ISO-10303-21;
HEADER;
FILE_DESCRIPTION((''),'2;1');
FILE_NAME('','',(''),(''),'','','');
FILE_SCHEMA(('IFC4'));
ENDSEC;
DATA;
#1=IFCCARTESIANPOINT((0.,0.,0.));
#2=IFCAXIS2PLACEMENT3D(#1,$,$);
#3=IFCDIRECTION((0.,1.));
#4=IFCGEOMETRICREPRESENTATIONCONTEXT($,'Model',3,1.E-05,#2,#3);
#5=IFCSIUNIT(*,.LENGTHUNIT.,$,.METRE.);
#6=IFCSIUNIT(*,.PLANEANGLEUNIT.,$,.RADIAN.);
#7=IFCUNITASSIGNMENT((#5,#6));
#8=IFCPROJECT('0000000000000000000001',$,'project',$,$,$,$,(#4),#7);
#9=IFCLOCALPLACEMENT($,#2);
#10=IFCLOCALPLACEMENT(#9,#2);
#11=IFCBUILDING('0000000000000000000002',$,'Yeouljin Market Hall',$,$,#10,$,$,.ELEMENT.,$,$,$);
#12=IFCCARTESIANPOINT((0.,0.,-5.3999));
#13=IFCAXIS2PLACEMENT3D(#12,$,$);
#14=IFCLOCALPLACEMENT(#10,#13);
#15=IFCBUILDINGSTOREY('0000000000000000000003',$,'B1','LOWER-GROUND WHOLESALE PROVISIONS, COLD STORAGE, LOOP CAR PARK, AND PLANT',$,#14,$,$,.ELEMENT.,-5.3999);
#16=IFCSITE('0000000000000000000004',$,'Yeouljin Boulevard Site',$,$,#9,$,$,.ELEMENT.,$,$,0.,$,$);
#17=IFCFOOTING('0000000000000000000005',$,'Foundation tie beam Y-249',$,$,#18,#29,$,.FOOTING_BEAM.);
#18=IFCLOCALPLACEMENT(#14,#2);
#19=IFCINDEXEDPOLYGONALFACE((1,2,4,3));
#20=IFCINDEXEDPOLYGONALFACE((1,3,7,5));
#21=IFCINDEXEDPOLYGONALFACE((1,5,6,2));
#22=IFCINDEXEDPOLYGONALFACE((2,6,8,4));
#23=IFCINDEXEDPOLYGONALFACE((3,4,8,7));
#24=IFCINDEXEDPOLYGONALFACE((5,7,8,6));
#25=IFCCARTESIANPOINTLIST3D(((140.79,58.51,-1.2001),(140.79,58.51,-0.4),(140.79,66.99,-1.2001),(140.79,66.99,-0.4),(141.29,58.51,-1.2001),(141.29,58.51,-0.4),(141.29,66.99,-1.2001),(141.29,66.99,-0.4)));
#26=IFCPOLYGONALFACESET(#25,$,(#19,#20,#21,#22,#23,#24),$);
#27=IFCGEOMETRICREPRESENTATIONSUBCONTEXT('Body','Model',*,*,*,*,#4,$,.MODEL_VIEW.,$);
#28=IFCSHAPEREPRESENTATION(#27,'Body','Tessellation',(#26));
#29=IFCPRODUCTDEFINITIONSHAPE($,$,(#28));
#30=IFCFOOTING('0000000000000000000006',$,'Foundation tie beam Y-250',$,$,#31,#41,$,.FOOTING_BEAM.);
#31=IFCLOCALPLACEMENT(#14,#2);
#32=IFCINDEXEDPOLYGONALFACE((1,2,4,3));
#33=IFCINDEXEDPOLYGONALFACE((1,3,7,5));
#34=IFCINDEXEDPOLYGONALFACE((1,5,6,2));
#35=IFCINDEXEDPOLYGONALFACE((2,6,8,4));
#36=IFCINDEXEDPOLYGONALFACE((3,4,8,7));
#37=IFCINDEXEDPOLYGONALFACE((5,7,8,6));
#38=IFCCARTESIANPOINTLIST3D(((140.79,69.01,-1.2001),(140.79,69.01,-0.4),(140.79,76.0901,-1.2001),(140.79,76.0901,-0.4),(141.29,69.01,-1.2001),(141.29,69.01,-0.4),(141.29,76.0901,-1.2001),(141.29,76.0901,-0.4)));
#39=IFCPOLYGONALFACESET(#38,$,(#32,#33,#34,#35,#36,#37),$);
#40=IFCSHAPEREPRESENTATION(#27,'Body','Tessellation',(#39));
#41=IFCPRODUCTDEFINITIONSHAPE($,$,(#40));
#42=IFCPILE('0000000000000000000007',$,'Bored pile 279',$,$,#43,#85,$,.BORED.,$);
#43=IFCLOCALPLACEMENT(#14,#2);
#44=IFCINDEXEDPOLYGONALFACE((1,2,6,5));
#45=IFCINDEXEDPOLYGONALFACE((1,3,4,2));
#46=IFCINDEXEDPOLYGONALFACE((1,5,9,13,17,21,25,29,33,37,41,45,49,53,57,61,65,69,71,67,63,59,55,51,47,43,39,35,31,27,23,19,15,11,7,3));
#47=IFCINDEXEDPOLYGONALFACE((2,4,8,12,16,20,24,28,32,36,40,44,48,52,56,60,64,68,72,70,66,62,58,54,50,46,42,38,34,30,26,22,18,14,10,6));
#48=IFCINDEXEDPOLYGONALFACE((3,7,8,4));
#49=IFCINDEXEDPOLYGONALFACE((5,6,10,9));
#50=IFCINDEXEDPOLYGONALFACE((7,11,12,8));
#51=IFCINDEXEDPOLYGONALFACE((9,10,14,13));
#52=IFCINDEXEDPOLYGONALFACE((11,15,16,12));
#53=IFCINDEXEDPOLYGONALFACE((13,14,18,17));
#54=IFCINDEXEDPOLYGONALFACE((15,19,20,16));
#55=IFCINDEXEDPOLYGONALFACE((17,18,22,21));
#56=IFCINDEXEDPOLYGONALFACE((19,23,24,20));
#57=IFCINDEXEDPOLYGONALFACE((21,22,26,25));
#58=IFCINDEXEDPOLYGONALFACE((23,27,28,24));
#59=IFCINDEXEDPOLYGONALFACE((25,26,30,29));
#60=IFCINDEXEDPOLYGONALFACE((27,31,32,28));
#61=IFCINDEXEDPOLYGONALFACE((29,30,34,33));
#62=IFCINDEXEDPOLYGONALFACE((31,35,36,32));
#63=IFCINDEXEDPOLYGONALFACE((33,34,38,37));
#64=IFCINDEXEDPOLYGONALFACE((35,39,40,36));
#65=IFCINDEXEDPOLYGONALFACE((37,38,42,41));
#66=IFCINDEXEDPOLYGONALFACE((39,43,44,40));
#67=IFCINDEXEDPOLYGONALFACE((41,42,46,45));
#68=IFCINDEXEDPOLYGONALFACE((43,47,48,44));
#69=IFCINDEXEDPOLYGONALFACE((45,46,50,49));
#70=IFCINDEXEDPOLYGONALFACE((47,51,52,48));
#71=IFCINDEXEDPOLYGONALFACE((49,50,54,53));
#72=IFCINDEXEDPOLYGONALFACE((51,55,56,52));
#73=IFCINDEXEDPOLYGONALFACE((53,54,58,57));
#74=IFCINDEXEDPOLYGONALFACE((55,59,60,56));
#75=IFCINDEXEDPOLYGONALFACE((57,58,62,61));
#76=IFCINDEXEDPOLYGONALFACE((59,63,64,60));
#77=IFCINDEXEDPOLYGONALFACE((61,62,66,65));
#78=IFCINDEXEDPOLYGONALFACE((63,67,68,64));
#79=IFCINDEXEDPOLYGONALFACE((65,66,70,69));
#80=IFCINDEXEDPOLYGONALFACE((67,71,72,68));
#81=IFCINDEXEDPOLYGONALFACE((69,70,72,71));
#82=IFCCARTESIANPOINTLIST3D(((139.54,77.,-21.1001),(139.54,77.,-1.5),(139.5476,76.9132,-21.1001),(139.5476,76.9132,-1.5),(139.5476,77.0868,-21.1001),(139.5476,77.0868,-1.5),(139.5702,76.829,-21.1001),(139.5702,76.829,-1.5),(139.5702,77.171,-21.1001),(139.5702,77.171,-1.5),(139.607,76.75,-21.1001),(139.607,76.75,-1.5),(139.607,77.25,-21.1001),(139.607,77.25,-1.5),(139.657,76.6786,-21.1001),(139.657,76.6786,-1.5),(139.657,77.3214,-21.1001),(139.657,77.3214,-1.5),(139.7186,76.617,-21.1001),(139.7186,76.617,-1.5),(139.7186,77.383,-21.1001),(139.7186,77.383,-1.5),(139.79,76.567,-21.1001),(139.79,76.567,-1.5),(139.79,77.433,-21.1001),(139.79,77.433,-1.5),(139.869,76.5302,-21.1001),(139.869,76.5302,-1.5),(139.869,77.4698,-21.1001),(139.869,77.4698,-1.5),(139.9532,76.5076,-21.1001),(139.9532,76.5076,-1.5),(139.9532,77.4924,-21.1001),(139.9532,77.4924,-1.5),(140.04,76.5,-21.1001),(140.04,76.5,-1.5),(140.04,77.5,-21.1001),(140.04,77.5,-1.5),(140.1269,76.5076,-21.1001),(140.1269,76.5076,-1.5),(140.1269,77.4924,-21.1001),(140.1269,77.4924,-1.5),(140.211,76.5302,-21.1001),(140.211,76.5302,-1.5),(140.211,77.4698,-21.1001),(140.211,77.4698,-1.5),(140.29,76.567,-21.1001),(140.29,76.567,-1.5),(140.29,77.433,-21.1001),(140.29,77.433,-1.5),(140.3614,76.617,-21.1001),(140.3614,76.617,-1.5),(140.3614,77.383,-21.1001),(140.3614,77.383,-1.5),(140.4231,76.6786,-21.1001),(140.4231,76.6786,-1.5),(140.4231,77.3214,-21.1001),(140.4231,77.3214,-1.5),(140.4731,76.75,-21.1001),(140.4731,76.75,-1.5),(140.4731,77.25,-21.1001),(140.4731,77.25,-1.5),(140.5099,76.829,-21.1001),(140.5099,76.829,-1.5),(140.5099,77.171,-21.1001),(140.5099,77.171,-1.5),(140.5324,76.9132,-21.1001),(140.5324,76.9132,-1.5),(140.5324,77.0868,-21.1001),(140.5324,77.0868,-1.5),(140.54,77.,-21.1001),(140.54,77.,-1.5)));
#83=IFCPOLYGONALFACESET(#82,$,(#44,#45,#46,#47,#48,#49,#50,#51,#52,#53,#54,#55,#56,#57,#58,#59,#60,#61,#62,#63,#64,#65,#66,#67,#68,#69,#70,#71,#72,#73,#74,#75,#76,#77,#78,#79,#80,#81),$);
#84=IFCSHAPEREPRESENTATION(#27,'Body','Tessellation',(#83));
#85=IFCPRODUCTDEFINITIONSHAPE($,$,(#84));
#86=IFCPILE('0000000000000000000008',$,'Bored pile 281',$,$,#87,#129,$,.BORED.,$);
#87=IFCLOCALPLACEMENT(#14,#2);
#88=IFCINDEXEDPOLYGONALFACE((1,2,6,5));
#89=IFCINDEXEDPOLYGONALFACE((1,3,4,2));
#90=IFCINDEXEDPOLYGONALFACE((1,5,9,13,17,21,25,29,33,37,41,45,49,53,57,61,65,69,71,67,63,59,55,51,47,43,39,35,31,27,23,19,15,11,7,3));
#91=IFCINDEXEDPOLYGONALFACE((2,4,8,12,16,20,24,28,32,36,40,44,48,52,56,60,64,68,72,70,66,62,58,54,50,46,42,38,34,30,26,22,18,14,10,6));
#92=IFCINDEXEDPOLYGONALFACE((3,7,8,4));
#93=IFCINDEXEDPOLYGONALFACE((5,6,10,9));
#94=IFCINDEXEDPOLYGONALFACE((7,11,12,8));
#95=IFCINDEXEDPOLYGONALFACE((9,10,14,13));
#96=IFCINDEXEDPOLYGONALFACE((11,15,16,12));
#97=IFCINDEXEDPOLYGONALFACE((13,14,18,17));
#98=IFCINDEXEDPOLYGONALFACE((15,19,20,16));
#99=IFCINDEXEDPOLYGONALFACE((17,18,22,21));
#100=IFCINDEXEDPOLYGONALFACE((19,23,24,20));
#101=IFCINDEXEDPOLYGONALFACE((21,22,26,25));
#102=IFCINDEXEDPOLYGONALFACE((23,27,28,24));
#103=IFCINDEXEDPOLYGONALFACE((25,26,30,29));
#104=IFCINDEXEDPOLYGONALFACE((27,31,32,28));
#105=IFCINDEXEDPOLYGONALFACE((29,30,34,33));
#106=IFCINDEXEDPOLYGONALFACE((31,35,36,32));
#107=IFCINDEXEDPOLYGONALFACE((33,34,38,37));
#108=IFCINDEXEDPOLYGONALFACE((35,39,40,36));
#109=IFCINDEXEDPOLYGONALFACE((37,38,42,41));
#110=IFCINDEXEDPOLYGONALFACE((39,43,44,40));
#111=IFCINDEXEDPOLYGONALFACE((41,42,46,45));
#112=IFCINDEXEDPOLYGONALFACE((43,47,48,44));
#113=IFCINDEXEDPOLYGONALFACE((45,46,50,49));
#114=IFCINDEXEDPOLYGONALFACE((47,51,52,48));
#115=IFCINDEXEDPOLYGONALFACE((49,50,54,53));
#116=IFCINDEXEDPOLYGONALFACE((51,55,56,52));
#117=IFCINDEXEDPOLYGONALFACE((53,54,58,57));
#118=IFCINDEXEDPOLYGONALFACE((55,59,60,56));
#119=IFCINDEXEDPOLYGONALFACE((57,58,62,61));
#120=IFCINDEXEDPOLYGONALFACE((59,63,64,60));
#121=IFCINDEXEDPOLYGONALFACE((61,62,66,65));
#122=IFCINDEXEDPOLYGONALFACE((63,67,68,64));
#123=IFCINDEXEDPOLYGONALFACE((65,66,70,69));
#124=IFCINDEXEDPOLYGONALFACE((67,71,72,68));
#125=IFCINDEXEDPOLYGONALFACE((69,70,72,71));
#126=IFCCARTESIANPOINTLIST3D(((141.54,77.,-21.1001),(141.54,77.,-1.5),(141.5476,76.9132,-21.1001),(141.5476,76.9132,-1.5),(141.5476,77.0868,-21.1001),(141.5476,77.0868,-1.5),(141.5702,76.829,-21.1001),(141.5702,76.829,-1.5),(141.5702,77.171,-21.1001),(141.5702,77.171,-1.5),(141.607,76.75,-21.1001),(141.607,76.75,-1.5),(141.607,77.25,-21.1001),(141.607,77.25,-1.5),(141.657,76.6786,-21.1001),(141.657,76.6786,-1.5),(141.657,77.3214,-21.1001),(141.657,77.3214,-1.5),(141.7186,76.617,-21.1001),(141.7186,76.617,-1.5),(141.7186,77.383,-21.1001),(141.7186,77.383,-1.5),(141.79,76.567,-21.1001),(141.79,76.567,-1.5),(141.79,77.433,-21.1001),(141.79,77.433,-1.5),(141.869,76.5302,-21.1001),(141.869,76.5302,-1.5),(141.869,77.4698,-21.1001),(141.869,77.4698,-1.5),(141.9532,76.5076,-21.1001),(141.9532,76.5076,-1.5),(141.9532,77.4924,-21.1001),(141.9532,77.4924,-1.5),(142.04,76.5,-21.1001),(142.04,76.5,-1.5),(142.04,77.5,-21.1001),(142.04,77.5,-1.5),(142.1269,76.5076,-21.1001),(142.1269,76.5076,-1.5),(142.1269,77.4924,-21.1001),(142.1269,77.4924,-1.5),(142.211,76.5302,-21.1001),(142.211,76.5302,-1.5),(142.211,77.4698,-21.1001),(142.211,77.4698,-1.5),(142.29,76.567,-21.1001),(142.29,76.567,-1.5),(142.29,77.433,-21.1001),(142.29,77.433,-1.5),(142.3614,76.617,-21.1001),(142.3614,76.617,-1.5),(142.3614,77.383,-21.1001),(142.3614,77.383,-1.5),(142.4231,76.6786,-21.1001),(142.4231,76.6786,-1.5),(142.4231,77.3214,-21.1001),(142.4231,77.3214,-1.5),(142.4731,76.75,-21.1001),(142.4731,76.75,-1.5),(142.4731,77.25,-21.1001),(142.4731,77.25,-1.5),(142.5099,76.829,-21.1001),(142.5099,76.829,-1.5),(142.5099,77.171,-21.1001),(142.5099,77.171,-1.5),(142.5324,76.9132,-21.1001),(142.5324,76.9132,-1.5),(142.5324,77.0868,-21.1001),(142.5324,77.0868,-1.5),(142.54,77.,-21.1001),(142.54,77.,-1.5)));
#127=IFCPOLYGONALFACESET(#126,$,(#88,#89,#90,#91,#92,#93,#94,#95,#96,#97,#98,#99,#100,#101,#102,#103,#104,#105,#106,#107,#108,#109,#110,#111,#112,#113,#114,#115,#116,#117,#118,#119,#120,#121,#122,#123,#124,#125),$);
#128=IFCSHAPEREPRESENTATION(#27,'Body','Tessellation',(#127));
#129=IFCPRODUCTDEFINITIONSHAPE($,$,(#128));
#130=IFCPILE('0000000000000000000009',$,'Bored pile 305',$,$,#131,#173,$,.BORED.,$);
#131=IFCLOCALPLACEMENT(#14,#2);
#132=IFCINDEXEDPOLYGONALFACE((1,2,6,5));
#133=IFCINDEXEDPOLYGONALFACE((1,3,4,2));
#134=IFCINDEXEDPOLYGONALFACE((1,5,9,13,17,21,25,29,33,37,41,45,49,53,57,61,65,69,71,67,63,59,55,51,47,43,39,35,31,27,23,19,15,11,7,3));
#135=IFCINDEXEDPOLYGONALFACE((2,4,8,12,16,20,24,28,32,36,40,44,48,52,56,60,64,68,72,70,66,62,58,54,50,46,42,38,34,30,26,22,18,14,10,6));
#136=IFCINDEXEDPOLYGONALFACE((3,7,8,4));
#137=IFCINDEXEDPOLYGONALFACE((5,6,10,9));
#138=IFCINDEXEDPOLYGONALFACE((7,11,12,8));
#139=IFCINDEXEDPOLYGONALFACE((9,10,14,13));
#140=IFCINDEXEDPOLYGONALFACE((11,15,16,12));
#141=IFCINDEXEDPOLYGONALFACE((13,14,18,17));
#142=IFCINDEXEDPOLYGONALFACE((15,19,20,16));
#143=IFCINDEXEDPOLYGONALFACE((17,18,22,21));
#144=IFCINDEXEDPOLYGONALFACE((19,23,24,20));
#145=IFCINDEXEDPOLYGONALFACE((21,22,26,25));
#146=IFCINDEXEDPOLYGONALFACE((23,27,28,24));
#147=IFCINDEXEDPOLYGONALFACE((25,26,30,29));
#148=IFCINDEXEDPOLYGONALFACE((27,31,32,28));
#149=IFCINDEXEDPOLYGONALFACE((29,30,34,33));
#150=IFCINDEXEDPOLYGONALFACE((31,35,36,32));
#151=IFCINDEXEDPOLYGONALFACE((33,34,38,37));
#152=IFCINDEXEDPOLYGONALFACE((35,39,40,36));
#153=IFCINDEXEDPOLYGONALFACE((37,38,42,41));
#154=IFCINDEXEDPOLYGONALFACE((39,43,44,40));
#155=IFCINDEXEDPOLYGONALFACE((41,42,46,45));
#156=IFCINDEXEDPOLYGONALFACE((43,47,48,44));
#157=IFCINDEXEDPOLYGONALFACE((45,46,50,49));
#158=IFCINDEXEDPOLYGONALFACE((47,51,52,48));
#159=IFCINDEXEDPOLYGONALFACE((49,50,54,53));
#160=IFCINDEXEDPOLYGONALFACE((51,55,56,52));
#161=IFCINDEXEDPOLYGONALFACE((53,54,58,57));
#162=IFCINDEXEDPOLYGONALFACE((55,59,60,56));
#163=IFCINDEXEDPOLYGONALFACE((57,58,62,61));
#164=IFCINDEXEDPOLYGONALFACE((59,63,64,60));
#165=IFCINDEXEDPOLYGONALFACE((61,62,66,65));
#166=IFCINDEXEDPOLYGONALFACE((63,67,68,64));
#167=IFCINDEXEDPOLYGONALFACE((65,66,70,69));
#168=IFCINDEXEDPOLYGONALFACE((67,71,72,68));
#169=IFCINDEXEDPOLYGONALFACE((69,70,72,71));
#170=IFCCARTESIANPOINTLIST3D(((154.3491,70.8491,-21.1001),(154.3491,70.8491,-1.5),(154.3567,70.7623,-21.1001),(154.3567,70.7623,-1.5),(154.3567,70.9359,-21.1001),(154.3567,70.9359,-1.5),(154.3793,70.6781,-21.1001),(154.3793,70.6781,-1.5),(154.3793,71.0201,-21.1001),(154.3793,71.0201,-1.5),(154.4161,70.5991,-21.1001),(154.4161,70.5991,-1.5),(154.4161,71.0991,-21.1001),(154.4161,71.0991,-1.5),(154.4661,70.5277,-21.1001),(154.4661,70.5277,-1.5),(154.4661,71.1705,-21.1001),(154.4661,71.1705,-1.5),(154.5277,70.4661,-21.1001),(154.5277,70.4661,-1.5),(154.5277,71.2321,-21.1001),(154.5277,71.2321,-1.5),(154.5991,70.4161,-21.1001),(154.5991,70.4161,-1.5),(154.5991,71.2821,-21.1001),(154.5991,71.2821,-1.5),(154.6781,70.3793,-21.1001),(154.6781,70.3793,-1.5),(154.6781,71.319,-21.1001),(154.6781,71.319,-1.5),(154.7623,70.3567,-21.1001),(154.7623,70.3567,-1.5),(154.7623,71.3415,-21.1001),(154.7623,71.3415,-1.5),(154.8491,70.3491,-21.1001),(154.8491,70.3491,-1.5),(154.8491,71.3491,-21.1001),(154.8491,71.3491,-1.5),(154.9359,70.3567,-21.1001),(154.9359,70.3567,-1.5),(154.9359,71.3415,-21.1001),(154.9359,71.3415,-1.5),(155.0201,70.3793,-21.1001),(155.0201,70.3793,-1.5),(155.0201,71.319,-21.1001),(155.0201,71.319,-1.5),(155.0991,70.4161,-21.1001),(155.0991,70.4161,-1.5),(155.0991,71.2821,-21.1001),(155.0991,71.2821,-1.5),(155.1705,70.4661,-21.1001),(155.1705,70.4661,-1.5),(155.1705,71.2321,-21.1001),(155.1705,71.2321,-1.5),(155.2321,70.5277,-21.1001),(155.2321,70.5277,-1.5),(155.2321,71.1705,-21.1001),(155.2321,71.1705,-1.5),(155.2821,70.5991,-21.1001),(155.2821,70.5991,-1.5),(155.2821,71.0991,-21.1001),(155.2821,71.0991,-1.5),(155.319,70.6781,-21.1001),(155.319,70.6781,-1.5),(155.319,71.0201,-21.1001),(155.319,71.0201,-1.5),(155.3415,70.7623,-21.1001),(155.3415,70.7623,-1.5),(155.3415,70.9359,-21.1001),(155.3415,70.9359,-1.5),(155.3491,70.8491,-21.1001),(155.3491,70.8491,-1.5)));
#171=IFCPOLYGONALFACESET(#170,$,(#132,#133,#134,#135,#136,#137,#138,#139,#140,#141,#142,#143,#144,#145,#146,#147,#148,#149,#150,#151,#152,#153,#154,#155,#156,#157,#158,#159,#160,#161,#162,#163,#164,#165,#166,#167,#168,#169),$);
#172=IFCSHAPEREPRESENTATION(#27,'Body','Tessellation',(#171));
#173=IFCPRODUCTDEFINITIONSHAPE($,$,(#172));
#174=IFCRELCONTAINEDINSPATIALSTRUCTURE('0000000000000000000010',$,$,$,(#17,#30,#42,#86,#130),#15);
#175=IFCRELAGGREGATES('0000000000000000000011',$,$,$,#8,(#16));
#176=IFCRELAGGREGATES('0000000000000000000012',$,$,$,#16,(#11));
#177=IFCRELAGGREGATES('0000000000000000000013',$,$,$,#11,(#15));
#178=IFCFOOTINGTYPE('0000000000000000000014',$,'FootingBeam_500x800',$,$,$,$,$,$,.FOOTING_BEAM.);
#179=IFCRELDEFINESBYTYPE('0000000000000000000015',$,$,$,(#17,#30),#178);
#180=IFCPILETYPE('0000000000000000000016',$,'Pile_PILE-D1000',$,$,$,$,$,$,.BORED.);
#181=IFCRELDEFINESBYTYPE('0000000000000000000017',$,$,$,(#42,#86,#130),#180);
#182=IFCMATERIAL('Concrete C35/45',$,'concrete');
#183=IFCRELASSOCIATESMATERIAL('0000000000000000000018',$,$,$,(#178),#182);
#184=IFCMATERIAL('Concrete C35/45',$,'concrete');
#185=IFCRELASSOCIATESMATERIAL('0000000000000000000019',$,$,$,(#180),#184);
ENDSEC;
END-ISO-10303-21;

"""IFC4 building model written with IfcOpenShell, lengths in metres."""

from ifc_helpers import new_model, si_unit, direction, frame, origin, origin_2d, place, context, subcontext, project, spatial, rectangle, circle, extrude, material, material_profile, profile_set, type_object, element, save


model = new_model("IFC4")

# Units and contexts
model_context = context("Model", 3, precision=1e-05, world=origin(), true_north=direction((0.0, 1.0)))
body_context = subcontext(model_context, "Body", "Model", "MODEL_VIEW")
ifc_project = project(units=[si_unit("LENGTHUNIT", "METRE"), si_unit("PLANEANGLEUNIT", "RADIAN")], contexts=[model_context])

# Site, building, storey
site_placement = place(None, origin())
site = spatial("IfcSite", under=ifc_project, at=site_placement, Name="Yeouljin Boulevard Site", CompositionType="ELEMENT", RefElevation=0.0)
building_placement = place(site_placement, origin())
building = spatial("IfcBuilding", under=site, at=building_placement, Name="Yeouljin Market Hall", CompositionType="ELEMENT")
storey_placement = place(building_placement, frame((0.0, 0.0, -5.3999)))
storey = spatial("IfcBuildingStorey", under=building, at=storey_placement, Name="B1", Description="LOWER-GROUND WHOLESALE PROVISIONS, COLD STORAGE, LOOP CAR PARK, AND PLANT", CompositionType="ELEMENT", Elevation=-5.3999)

# Footings
ifc_material_1 = material(Name="Concrete C35/45", Category="concrete")
ifc_material_profile_1 = material_profile(ifc_material_1, rectangle(XDim=0.5, YDim=0.8, at=origin_2d()), Name="RC-500x800")
ifc_profile_set_1 = profile_set([ifc_material_profile_1], Name="Concrete C35/45")
footing_type_1 = type_object("IfcFootingType", Name="FootingBeam_500x800", PredefinedType="FOOTING_BEAM", material=ifc_profile_set_1)
footing_1_placement = place(storey_placement, frame((141.04, 58.51, -0.8), z_axis=(0.0, 1.0, 0.0), x_axis=(-1.0, 0.0, 0.0)))
element("IfcFooting", 1, at=footing_1_placement, inside=storey, type_object=footing_type_1, Name="Foundation tie beam Y-249", PredefinedType="FOOTING_BEAM", context=body_context, shape_type="SweptSolid", body=[
    extrude(rectangle(XDim=0.5, YDim=0.8, at=origin_2d()), origin(), (0.0, 0.0, 1.0), 8.48),
])
footing_2_placement = place(storey_placement, frame((141.04, 69.01, -0.8), z_axis=(0.0, 1.0, 0.0), x_axis=(-1.0, 0.0, 0.0)))
element("IfcFooting", 2, at=footing_2_placement, inside=storey, type_object=footing_type_1, Name="Foundation tie beam Y-250", PredefinedType="FOOTING_BEAM", context=body_context, shape_type="SweptSolid", body=[
    extrude(rectangle(XDim=0.5, YDim=0.8, at=origin_2d()), origin(), (0.0, 0.0, 1.0), 7.0801),
])

# Piles
ifc_material_2 = material(Name="Concrete C35/45", Category="concrete")
ifc_material_profile_2 = material_profile(ifc_material_2, circle(Radius=0.5, at=origin_2d()), Name="PILE-D1000")
ifc_profile_set_2 = profile_set([ifc_material_profile_2], Name="Concrete C35/45")
pile_type_1 = type_object("IfcPileType", Name="Pile_PILE-D1000", PredefinedType="BORED", material=ifc_profile_set_2)
for number, where, z_axis, x_axis, name in (
    (3, (140.04, 77.0, -1.5), (0.0, 0.0, -1.0), (1.0, 0.0, 0.0), "Bored pile 279"),
    (4, (142.04, 77.0, -1.5), (0.0, 0.0, -1.0), (1.0, 0.0, 0.0), "Bored pile 281"),
    (5, (154.8491, 70.8491, -1.5), (0.0, 0.0, -1.0), (1.0, 0.0, 0.0), "Bored pile 305"),
):
    element("IfcPile", number, at=place(storey_placement, frame(where, z_axis=z_axis, x_axis=x_axis)), inside=storey, type_object=pile_type_1, Name=name, PredefinedType="BORED", context=body_context, shape_type="SweptSolid", body=[
        extrude(circle(Radius=0.5, at=origin_2d()), origin(), (0.0, 0.0, 1.0), 19.6001),
    ])

save(model, "model.ifc")
